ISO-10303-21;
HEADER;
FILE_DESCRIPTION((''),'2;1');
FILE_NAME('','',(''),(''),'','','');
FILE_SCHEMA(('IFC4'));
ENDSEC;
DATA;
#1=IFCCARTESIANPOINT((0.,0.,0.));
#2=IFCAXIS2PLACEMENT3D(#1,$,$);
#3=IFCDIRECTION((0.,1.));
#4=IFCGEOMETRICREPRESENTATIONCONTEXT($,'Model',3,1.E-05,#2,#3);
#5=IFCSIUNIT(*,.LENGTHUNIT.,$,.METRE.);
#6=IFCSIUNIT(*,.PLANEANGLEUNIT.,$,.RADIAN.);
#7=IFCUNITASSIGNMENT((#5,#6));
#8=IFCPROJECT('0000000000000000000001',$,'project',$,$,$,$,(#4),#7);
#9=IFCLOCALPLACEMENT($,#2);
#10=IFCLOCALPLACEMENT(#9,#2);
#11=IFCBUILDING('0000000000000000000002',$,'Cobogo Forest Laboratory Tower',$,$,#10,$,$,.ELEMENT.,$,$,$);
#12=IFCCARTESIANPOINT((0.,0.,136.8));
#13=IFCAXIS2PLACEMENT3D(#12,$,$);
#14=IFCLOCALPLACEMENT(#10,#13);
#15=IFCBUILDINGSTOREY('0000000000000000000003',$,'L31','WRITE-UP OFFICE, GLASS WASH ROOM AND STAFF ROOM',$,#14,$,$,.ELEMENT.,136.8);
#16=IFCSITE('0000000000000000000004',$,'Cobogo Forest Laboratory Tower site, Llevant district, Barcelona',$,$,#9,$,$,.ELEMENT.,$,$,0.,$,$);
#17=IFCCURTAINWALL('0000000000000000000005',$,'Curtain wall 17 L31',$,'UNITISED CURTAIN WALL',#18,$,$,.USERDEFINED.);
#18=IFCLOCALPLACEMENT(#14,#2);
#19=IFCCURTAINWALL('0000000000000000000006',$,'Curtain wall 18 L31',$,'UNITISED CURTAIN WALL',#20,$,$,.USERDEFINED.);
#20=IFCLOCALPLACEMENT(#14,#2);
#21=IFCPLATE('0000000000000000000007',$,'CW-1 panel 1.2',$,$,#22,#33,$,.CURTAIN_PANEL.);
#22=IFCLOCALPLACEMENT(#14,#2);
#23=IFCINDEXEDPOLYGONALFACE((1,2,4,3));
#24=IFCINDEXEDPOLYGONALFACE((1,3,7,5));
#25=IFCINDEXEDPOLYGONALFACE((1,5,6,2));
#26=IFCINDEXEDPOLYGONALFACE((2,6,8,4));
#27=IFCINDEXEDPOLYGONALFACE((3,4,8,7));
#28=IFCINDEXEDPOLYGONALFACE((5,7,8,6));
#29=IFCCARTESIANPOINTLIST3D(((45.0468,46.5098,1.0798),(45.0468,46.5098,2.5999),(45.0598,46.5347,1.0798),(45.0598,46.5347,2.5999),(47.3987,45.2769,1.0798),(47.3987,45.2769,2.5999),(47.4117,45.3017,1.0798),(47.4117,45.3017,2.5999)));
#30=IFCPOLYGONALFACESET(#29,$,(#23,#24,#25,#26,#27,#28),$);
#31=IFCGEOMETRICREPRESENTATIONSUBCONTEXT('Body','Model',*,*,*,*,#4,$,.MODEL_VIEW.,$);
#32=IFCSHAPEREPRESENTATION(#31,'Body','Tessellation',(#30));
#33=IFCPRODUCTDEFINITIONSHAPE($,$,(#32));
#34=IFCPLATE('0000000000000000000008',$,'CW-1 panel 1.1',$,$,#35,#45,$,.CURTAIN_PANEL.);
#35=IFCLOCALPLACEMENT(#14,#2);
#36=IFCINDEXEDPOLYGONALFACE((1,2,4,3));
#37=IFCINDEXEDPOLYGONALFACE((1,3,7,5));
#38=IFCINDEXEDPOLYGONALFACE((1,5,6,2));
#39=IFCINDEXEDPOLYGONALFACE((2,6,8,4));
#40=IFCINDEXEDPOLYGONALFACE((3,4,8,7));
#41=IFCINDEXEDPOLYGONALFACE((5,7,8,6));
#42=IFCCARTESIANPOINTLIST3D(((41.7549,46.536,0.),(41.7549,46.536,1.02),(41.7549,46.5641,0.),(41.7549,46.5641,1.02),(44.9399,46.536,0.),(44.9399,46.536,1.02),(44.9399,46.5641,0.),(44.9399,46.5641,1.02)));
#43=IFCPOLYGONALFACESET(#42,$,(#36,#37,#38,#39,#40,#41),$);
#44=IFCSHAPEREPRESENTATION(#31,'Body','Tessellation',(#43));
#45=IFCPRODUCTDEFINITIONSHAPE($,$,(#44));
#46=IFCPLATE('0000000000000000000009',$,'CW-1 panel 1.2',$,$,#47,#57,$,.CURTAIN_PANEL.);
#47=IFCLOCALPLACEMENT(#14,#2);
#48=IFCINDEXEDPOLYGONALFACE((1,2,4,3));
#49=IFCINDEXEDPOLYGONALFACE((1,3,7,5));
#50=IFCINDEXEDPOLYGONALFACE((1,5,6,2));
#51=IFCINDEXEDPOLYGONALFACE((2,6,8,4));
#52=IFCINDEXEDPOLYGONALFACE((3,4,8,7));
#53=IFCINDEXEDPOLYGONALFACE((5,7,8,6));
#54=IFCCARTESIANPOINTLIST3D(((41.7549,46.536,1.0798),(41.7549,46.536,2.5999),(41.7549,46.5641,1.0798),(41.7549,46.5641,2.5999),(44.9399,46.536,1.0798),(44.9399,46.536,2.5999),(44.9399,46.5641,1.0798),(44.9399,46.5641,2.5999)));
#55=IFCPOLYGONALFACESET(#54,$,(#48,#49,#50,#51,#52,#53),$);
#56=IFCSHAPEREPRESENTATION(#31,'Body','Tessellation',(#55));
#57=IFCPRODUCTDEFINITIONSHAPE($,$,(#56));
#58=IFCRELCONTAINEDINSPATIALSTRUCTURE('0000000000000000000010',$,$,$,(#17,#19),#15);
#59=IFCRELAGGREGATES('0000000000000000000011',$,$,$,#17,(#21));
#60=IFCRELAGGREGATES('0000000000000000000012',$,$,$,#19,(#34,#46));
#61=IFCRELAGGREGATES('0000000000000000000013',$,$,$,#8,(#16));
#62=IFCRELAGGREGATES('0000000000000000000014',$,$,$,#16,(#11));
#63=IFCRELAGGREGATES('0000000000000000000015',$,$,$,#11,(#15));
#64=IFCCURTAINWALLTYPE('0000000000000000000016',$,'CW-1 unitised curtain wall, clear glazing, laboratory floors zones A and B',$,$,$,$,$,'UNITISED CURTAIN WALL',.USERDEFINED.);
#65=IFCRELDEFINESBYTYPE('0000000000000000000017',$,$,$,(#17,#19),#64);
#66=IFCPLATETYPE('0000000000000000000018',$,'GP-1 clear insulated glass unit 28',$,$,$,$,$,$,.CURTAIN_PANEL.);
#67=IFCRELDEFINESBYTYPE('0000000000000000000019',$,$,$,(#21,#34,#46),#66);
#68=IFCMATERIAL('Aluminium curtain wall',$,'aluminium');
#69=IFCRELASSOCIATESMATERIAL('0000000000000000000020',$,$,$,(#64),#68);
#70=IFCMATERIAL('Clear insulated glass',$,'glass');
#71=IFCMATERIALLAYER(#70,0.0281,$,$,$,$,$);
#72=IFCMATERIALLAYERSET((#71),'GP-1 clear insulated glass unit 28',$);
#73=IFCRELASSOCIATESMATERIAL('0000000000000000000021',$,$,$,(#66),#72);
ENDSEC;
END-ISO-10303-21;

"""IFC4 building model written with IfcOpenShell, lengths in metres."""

from ifc_helpers import new_model, si_unit, direction, frame, origin, origin_2d, place, context, subcontext, project, spatial, rectangle, extrude, material, layer, layer_set, type_object, element, aggregate, save


model = new_model("IFC4")

# Units and contexts
model_context = context("Model", 3, precision=1e-05, world=origin(), true_north=direction((0.0, 1.0)))
body_context = subcontext(model_context, "Body", "Model", "MODEL_VIEW")
ifc_project = project(units=[si_unit("LENGTHUNIT", "METRE"), si_unit("PLANEANGLEUNIT", "RADIAN")], contexts=[model_context])

# Site, building, storey
site_placement = place(None, origin())
site = spatial("IfcSite", under=ifc_project, at=site_placement, Name="Cobogo Forest Laboratory Tower site, Llevant district, Barcelona", CompositionType="ELEMENT", RefElevation=0.0)
building_placement = place(site_placement, origin())
building = spatial("IfcBuilding", under=site, at=building_placement, Name="Cobogo Forest Laboratory Tower", CompositionType="ELEMENT")
storey_placement = place(building_placement, frame((0.0, 0.0, 136.8)))
storey = spatial("IfcBuildingStorey", under=building, at=storey_placement, Name="L31", Description="WRITE-UP OFFICE, GLASS WASH ROOM AND STAFF ROOM", CompositionType="ELEMENT", Elevation=136.8)

# Curtain walls
ifc_material_1 = material(Name="Aluminium curtain wall", Category="aluminium")
curtain_wall_type = type_object("IfcCurtainWallType", Name="CW-1 unitised curtain wall, clear glazing, laboratory floors zones A and B", ElementType="UNITISED CURTAIN WALL", PredefinedType="USERDEFINED", material=ifc_material_1)
curtain_wall_1_placement = place(storey_placement, origin())
curtain_wall_1 = element("IfcCurtainWall", 1, at=curtain_wall_1_placement, inside=storey, type_object=curtain_wall_type, Name="Curtain wall 17 L31", ObjectType="UNITISED CURTAIN WALL", PredefinedType="USERDEFINED")
curtain_wall_2_placement = place(storey_placement, origin())
curtain_wall_2 = element("IfcCurtainWall", 2, at=curtain_wall_2_placement, inside=storey, type_object=curtain_wall_type, Name="Curtain wall 18 L31", ObjectType="UNITISED CURTAIN WALL", PredefinedType="USERDEFINED")

# Plates
ifc_material_2 = material(Name="Clear insulated glass", Category="glass")
ifc_layer = layer(ifc_material_2, 0.0281)
ifc_layer_set = layer_set([ifc_layer], Name="GP-1 clear insulated glass unit 28")
plate_type = type_object("IfcPlateType", Name="GP-1 clear insulated glass unit 28", PredefinedType="CURTAIN_PANEL", material=ifc_layer_set)
plate_1_placement = place(storey_placement, frame((46.2292, 45.9058, 1.0798), z_axis=(0.0, 0.0, 1.0), x_axis=(-0.885687, 0.464284, 0.0)))
plate_1 = element("IfcPlate", 3, at=plate_1_placement, type_object=plate_type, Name="CW-1 panel 1.2", PredefinedType="CURTAIN_PANEL", context=body_context, shape_type="SweptSolid", body=[
    extrude(rectangle(XDim=2.6555, YDim=0.0281, at=origin_2d()), origin(), (0.0, 0.0, 1.0), 1.52),
])
aggregate(curtain_wall_1, [plate_1])
plate_2_placement = place(storey_placement, frame((43.3474, 46.55, 0.0), z_axis=(0.0, 0.0, 1.0), x_axis=(-1.0, 0.0, 0.0)))
plate_2 = element("IfcPlate", 4, at=plate_2_placement, type_object=plate_type, Name="CW-1 panel 1.1", PredefinedType="CURTAIN_PANEL", context=body_context, shape_type="SweptSolid", body=[
    extrude(rectangle(XDim=3.1851, YDim=0.0281, at=origin_2d()), origin(), (0.0, 0.0, 1.0), 1.02),
])
plate_3_placement = place(storey_placement, frame((43.3474, 46.55, 1.0798), z_axis=(0.0, 0.0, 1.0), x_axis=(-1.0, 0.0, 0.0)))
plate_3 = element("IfcPlate", 5, at=plate_3_placement, type_object=plate_type, Name="CW-1 panel 1.2", PredefinedType="CURTAIN_PANEL", context=body_context, shape_type="SweptSolid", body=[
    extrude(rectangle(XDim=3.1851, YDim=0.0281, at=origin_2d()), origin(), (0.0, 0.0, 1.0), 1.52),
])
aggregate(curtain_wall_2, [plate_2, plate_3])

save(model, "model.ifc")
